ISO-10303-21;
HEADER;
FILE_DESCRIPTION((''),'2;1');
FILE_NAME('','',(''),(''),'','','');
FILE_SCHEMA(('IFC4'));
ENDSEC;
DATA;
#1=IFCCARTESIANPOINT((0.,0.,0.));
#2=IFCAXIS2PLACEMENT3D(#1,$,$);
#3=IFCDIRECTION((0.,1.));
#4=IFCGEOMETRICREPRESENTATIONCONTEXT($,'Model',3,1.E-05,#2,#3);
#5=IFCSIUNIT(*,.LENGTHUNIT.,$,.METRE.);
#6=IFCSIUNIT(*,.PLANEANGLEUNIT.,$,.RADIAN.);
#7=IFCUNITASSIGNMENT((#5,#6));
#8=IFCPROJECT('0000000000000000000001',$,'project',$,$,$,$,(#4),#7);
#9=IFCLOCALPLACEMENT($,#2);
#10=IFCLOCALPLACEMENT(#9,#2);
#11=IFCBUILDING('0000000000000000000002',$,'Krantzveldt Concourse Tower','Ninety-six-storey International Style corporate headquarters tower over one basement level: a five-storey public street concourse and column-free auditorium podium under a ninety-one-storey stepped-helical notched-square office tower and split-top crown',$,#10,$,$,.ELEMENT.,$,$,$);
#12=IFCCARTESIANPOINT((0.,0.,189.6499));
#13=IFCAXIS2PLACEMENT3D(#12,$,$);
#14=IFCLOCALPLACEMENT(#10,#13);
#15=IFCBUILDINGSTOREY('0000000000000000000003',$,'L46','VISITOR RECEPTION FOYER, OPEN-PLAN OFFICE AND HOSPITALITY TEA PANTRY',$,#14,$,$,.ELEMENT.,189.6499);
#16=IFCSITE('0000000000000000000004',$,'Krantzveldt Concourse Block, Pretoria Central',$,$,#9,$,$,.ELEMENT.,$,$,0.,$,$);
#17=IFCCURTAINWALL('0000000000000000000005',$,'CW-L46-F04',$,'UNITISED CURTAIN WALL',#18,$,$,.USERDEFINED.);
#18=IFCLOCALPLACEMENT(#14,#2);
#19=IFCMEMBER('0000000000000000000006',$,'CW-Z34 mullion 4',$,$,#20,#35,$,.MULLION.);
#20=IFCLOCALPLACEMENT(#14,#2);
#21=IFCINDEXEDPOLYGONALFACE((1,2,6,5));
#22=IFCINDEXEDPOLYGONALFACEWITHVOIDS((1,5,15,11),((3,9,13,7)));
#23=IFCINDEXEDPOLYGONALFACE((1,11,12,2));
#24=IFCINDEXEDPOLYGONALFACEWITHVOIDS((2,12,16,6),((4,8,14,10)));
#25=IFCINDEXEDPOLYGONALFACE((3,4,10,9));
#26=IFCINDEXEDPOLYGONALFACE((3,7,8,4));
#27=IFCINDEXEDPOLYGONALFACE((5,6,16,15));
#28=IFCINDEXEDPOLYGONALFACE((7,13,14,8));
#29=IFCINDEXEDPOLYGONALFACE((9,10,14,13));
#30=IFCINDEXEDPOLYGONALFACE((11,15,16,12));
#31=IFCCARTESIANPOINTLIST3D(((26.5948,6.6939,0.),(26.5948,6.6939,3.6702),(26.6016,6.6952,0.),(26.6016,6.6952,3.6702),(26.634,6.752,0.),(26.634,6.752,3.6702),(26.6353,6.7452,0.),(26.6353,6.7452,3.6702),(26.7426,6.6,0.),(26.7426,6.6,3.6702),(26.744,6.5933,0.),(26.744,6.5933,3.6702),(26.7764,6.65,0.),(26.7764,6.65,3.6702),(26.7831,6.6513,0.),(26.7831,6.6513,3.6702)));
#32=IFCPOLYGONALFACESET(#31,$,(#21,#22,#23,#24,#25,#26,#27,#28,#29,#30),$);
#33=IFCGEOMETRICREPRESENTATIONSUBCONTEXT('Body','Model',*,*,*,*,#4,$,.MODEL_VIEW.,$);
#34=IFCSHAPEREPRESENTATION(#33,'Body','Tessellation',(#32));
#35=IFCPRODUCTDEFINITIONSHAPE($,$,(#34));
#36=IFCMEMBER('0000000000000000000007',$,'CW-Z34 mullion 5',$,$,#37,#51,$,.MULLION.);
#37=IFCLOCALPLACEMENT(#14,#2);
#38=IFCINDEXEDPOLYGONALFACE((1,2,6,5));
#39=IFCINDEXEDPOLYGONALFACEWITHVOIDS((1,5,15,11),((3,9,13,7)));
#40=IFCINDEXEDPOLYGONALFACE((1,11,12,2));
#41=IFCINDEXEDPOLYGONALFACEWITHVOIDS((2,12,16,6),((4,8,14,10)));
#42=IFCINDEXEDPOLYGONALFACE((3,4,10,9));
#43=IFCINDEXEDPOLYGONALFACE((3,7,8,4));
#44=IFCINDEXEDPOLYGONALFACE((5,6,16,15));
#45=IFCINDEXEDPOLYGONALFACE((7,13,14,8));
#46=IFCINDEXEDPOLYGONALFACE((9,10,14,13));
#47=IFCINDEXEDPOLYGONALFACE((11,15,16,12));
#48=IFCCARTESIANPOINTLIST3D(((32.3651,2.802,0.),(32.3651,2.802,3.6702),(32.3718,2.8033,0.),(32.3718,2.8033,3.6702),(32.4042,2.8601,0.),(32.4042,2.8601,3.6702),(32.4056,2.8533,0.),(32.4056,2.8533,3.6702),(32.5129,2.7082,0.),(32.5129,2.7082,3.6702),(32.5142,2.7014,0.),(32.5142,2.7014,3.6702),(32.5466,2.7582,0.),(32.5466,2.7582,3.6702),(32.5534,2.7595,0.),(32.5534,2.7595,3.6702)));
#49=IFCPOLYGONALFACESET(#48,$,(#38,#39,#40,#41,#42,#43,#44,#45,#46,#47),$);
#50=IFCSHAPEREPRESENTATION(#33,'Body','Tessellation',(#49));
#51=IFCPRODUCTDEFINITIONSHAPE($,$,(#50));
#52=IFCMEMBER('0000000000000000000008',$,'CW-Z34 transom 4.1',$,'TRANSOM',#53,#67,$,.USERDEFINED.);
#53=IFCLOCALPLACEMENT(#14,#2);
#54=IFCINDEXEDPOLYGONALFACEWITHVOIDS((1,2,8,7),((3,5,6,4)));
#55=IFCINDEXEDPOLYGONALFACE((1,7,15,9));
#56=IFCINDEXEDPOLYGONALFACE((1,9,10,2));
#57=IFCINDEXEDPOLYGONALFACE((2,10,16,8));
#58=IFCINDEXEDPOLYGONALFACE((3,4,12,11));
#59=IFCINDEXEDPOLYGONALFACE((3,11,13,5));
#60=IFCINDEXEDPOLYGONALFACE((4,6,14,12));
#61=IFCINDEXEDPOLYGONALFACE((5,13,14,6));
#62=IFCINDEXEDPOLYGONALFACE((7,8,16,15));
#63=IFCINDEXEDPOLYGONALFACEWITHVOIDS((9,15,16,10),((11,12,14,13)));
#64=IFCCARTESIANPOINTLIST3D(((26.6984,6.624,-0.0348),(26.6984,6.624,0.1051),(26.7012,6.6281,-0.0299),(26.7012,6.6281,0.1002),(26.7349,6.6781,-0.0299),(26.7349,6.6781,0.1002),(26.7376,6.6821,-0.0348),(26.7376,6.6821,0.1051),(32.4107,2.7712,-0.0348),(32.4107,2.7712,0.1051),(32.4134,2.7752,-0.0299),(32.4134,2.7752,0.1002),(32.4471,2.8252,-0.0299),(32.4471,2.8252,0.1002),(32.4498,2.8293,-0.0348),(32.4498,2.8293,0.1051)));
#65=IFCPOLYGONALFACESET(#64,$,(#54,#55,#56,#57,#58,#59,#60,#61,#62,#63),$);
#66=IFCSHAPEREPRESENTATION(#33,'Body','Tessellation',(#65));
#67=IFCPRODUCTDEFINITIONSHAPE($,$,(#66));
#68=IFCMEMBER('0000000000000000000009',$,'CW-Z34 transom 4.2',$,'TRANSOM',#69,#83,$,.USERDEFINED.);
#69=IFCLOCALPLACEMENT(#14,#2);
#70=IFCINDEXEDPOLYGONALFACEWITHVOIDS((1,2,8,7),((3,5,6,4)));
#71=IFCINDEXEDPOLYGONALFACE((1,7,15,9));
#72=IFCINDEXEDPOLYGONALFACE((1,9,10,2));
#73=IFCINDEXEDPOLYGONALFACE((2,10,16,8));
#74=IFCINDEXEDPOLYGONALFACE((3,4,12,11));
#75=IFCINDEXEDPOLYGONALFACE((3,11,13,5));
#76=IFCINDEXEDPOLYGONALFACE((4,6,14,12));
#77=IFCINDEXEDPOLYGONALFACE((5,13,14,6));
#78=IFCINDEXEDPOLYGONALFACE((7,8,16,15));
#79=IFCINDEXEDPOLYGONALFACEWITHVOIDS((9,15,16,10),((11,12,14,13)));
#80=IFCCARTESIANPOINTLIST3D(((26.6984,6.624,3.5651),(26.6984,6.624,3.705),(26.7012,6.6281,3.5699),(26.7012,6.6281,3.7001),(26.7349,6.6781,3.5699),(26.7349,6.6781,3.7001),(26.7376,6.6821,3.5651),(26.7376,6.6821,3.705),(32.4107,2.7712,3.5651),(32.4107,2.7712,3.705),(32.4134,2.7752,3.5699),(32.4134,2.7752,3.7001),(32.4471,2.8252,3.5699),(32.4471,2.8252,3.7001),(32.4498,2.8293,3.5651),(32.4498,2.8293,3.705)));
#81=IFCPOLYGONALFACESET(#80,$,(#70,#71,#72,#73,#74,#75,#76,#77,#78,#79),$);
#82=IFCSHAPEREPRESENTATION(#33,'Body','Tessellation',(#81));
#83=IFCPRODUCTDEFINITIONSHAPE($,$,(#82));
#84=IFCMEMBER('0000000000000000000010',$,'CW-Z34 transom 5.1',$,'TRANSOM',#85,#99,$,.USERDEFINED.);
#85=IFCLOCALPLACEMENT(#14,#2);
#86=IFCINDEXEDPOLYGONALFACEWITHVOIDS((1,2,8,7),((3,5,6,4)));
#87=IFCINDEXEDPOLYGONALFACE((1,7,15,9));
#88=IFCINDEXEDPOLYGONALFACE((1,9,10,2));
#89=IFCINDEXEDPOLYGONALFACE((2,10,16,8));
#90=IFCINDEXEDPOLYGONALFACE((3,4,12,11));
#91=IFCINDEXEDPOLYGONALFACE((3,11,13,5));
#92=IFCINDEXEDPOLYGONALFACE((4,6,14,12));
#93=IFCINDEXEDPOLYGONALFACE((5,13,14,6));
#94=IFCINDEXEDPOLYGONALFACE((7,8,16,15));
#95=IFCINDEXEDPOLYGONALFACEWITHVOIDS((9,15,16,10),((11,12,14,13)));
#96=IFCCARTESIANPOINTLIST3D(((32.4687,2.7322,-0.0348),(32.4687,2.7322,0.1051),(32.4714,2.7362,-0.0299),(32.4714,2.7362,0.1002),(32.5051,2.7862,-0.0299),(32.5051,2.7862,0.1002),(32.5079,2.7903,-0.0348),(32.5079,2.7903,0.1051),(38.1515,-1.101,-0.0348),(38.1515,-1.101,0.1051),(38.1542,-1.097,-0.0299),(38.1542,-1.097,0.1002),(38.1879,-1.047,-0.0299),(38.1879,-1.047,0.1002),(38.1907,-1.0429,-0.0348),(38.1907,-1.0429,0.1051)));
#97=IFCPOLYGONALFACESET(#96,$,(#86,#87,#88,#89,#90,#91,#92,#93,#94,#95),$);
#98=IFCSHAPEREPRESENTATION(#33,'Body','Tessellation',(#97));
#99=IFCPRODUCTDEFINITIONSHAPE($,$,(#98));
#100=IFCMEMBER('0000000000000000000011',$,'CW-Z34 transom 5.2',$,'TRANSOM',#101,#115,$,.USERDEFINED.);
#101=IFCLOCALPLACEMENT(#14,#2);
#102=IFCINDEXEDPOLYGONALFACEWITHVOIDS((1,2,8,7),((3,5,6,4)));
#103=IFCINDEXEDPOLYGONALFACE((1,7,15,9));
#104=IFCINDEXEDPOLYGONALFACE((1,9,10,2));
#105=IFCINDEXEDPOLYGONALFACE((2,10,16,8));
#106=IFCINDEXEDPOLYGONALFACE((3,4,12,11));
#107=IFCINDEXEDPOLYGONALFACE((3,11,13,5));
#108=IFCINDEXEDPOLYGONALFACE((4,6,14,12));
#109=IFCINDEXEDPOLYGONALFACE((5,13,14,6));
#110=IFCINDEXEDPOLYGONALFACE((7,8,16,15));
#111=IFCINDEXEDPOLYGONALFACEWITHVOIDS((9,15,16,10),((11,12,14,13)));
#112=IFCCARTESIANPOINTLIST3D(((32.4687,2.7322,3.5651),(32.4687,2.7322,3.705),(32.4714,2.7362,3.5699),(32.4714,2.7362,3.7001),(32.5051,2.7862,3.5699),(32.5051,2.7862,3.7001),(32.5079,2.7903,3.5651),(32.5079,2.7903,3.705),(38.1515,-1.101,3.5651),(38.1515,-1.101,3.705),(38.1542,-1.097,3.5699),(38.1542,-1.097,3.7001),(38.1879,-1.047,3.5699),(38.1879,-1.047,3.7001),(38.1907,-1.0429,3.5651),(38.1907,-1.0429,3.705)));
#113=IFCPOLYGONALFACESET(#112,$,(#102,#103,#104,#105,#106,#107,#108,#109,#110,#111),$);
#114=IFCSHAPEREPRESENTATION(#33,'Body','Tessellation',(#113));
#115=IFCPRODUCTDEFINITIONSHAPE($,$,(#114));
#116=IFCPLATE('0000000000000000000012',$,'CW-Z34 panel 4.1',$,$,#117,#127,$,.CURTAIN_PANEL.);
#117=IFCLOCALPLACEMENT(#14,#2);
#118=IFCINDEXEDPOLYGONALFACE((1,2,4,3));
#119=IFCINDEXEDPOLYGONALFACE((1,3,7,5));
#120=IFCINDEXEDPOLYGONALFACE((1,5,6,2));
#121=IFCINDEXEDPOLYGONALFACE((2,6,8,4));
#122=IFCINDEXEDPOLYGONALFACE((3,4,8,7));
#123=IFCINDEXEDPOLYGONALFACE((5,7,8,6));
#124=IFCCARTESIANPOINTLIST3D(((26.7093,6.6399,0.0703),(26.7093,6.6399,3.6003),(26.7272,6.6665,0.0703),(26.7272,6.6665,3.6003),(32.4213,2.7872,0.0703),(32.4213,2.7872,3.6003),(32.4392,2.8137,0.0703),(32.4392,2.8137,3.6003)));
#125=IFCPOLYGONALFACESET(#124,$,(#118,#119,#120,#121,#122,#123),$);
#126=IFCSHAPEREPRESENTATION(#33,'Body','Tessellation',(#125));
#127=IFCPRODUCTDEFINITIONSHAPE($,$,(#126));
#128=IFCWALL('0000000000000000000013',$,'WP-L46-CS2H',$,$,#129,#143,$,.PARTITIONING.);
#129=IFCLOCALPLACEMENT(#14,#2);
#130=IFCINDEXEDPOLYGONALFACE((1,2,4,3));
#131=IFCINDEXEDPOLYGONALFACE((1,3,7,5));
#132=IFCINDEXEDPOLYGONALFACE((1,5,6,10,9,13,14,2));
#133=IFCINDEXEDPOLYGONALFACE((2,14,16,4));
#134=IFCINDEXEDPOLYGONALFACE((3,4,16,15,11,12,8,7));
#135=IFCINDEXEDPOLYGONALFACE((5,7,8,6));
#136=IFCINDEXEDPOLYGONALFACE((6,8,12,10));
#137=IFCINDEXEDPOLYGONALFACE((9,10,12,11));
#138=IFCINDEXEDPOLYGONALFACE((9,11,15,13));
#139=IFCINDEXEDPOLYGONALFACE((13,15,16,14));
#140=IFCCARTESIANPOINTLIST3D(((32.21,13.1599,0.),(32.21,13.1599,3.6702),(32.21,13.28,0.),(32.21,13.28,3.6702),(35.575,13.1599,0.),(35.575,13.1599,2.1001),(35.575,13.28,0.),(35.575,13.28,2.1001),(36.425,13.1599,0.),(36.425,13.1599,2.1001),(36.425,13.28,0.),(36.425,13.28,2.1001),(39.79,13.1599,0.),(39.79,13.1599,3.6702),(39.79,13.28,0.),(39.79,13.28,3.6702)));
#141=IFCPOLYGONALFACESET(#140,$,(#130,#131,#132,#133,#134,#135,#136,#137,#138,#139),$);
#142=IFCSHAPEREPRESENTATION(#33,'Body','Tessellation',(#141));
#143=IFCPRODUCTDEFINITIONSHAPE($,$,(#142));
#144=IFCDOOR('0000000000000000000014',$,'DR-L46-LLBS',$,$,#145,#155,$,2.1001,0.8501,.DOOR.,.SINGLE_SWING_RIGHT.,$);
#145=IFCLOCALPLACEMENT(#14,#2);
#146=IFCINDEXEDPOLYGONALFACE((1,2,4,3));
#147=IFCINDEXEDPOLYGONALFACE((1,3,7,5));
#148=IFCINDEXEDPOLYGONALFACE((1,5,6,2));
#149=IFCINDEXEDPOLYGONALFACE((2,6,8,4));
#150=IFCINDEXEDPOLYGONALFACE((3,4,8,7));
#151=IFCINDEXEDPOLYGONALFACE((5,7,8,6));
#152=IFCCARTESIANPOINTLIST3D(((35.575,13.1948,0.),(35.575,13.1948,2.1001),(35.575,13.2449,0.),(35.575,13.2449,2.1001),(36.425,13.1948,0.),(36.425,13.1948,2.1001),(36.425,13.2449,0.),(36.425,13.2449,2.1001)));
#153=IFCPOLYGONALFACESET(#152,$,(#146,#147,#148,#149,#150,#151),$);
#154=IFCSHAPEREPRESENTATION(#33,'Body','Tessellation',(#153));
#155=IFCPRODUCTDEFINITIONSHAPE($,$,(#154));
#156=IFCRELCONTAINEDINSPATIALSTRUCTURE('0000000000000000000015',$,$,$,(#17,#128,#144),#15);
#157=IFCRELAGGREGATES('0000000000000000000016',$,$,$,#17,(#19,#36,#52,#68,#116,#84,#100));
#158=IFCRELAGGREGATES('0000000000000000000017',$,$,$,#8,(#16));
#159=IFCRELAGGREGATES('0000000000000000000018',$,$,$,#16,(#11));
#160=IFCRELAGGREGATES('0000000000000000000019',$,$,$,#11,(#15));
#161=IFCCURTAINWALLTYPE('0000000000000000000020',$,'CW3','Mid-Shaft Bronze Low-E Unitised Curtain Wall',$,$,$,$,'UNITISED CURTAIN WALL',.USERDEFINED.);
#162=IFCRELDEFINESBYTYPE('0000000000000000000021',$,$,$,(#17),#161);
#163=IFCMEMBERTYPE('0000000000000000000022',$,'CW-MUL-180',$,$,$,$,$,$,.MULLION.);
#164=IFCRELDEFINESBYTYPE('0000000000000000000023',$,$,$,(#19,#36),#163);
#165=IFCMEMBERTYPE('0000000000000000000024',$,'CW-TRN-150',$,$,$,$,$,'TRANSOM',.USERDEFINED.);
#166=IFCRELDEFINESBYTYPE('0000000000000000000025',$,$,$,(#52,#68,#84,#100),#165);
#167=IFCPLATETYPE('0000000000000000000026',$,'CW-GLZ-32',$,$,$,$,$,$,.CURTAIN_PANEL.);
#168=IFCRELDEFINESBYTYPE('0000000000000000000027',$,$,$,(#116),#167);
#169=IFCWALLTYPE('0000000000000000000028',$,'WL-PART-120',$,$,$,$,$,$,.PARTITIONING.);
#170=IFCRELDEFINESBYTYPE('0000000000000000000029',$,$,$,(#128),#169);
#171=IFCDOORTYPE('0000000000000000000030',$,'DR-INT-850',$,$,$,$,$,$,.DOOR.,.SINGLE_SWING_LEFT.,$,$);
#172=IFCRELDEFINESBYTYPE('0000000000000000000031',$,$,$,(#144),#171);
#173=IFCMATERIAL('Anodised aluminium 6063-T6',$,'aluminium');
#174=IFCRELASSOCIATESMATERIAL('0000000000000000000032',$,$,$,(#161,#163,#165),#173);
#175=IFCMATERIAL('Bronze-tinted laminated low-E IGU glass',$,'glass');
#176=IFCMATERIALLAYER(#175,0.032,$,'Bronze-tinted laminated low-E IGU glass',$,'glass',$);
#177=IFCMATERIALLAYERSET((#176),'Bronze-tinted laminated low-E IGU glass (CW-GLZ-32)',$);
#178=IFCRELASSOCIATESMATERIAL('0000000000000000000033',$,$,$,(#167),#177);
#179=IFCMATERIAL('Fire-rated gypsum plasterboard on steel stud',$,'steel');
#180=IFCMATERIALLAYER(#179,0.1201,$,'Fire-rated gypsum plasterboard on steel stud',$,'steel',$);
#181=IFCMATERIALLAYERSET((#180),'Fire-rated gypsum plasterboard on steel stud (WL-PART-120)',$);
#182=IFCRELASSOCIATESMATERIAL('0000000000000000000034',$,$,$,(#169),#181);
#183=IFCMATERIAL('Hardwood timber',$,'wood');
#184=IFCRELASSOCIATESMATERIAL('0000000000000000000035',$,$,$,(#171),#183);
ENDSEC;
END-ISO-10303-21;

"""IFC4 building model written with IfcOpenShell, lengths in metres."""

from ifc_helpers import new_model, si_unit, direction, frame, frame_2d, origin, origin_2d, place, context, subcontext, project, spatial, rectangle, hollow_rectangle, extrude, source, transform, mapped, material, layer, layer_set, material_profile, profile_set, type_object, type_shapes, element, fill, aggregate, save


model = new_model("IFC4")

# Units and contexts
model_context = context("Model", 3, precision=1e-05, world=origin(), true_north=direction((0.0, 1.0)))
body_context = subcontext(model_context, "Body", "Model", "MODEL_VIEW")
ifc_project = project(units=[si_unit("LENGTHUNIT", "METRE"), si_unit("PLANEANGLEUNIT", "RADIAN")], contexts=[model_context])

# Site, building, storey
site_placement = place(None, origin())
site = spatial("IfcSite", under=ifc_project, at=site_placement, Name="Krantzveldt Concourse Block, Pretoria Central", CompositionType="ELEMENT", RefElevation=0.0)
building_placement = place(site_placement, origin())
building = spatial("IfcBuilding", under=site, at=building_placement, Name="Krantzveldt Concourse Tower", Description="Ninety-six-storey International Style corporate headquarters tower over one basement level: a five-storey public street concourse and column-free auditorium podium under a ninety-one-storey stepped-helical notched-square office tower and split-top crown", CompositionType="ELEMENT")
storey_placement = place(building_placement, frame((0.0, 0.0, 189.6499)))
storey = spatial("IfcBuildingStorey", under=building, at=storey_placement, Name="L46", Description="VISITOR RECEPTION FOYER, OPEN-PLAN OFFICE AND HOSPITALITY TEA PANTRY", CompositionType="ELEMENT", Elevation=189.6499)

# Curtain wall, members, plate
ifc_material_1 = material(Name="Anodised aluminium 6063-T6", Category="aluminium")
curtain_wall_type = type_object("IfcCurtainWallType", Name="CW3", Description="Mid-Shaft Bronze Low-E Unitised Curtain Wall", ElementType="UNITISED CURTAIN WALL", PredefinedType="USERDEFINED", material=ifc_material_1)
curtain_wall_placement = place(storey_placement, origin())
curtain_wall = element("IfcCurtainWall", 1, at=curtain_wall_placement, inside=storey, type_object=curtain_wall_type, Name="CW-L46-F04", ObjectType="UNITISED CURTAIN WALL", PredefinedType="USERDEFINED")
ifc_material_profile_1 = material_profile(ifc_material_1, hollow_rectangle(XDim=0.0701, YDim=0.1799, WallThickness=0.0049, at=origin_2d()), Name="Anodised aluminium 6063-T6", Category="aluminium")
ifc_profile_set_1 = profile_set([ifc_material_profile_1], Name="Anodised aluminium 6063-T6 - ALU-MULL 180x70x5")
member_type_1 = type_object("IfcMemberType", Name="CW-MUL-180", PredefinedType="MULLION", material=ifc_profile_set_1)
shared_shape_1 = source(origin(), body_context, "Body", "SweptSolid", [
    extrude(hollow_rectangle(XDim=0.0701, YDim=0.1799, WallThickness=0.0049, at=origin_2d()), origin(), (0.0, 0.0, 1.0), 3.6702),
])
type_shapes(member_type_1, [shared_shape_1])
member_1_placement = place(storey_placement, frame((26.689, 6.6726, 0.0), z_axis=(0.0, 0.0, 1.0), x_axis=(0.559193, 0.829038, 0.0)))
member_1 = element("IfcMember", 2, at=member_1_placement, type_object=member_type_1, Name="CW-Z34 mullion 4", PredefinedType="MULLION", context=body_context, shape_type="MappedRepresentation", body=[
    mapped(shared_shape_1, transform((0.0, 0.0, 0.0), x_axis=(1.0, 0.0, 0.0), y_axis=(0.0, 1.0, 0.0), z_axis=(0.0, 0.0, 1.0), scale=1.0)),
])
member_2_placement = place(storey_placement, frame((32.4592, 2.7808, 0.0), z_axis=(0.0, 0.0, 1.0), x_axis=(0.559193, 0.829038, 0.0)))
member_2 = element("IfcMember", 3, at=member_2_placement, type_object=member_type_1, Name="CW-Z34 mullion 5", PredefinedType="MULLION", context=body_context, shape_type="MappedRepresentation", body=[
    mapped(shared_shape_1, transform((0.0, 0.0, 0.0), x_axis=(1.0, 0.0, 0.0), y_axis=(0.0, 1.0, 0.0), z_axis=(0.0, 0.0, 1.0), scale=1.0)),
])
ifc_material_profile_2 = material_profile(ifc_material_1, hollow_rectangle(XDim=0.0701, YDim=0.1399, WallThickness=0.0049, at=origin_2d()), Name="Anodised aluminium 6063-T6", Category="aluminium")
ifc_profile_set_2 = profile_set([ifc_material_profile_2], Name="Anodised aluminium 6063-T6 - ALU-TRAN 140x70x5")
member_type_2 = type_object("IfcMemberType", Name="CW-TRN-150", ElementType="TRANSOM", PredefinedType="USERDEFINED", material=ifc_profile_set_2)
shared_shape_2 = source(origin(), body_context, "Body", "SweptSolid", [
    extrude(hollow_rectangle(XDim=0.0701, YDim=0.1399, WallThickness=0.0049, at=origin_2d()), origin(), (0.0, 0.0, 1.0), 6.8901),
])
member_3_placement = place(storey_placement, frame((26.718, 6.6531, 0.0352), z_axis=(0.829045, -0.559181, 0.0), x_axis=(0.559181, 0.829045, 0.0)))
member_3 = element("IfcMember", 4, at=member_3_placement, type_object=member_type_2, Name="CW-Z34 transom 4.1", ObjectType="TRANSOM", PredefinedType="USERDEFINED", context=body_context, shape_type="MappedRepresentation", body=[
    mapped(shared_shape_2, transform((0.0, 0.0, 0.0), x_axis=(1.0, 0.0, 0.0), y_axis=(0.0, 1.0, 0.0), z_axis=(0.0, 0.0, 1.0), scale=1.0)),
])
member_4_placement = place(storey_placement, frame((26.718, 6.6531, 3.635), z_axis=(0.829045, -0.559181, 0.0), x_axis=(0.559181, 0.829045, 0.0)))
member_4 = element("IfcMember", 5, at=member_4_placement, type_object=member_type_2, Name="CW-Z34 transom 4.2", ObjectType="TRANSOM", PredefinedType="USERDEFINED", context=body_context, shape_type="MappedRepresentation", body=[
    mapped(shared_shape_2, transform((0.0, 0.0, 0.0), x_axis=(1.0, 0.0, 0.0), y_axis=(0.0, 1.0, 0.0), z_axis=(0.0, 0.0, 1.0), scale=1.0)),
])
shared_shape_3 = source(origin(), body_context, "Body", "SweptSolid", [
    extrude(hollow_rectangle(XDim=0.0701, YDim=0.1399, WallThickness=0.0049, at=origin_2d()), origin(), (0.0, 0.0, 1.0), 6.8547),
])
type_shapes(member_type_2, [shared_shape_2, shared_shape_3])
member_5_placement = place(storey_placement, frame((32.4883, 2.7612, 0.0352), z_axis=(0.82903, -0.559204, 0.0), x_axis=(0.559204, 0.82903, 0.0)))
member_5 = element("IfcMember", 6, at=member_5_placement, type_object=member_type_2, Name="CW-Z34 transom 5.1", ObjectType="TRANSOM", PredefinedType="USERDEFINED", context=body_context, shape_type="MappedRepresentation", body=[
    mapped(shared_shape_3, transform((0.0, 0.0, 0.0), x_axis=(1.0, 0.0, 0.0), y_axis=(0.0, 1.0, 0.0), z_axis=(0.0, 0.0, 1.0), scale=1.0)),
])
member_6_placement = place(storey_placement, frame((32.4883, 2.7612, 3.635), z_axis=(0.82903, -0.559204, 0.0), x_axis=(0.559204, 0.82903, 0.0)))
member_6 = element("IfcMember", 7, at=member_6_placement, type_object=member_type_2, Name="CW-Z34 transom 5.2", ObjectType="TRANSOM", PredefinedType="USERDEFINED", context=body_context, shape_type="MappedRepresentation", body=[
    mapped(shared_shape_3, transform((0.0, 0.0, 0.0), x_axis=(1.0, 0.0, 0.0), y_axis=(0.0, 1.0, 0.0), z_axis=(0.0, 0.0, 1.0), scale=1.0)),
])
ifc_material_2 = material(Name="Bronze-tinted laminated low-E IGU glass", Category="glass")
ifc_layer_1 = layer(ifc_material_2, 0.032, Name="Bronze-tinted laminated low-E IGU glass", Category="glass")
ifc_layer_set_1 = layer_set([ifc_layer_1], Name="Bronze-tinted laminated low-E IGU glass (CW-GLZ-32)")
plate_type = type_object("IfcPlateType", Name="CW-GLZ-32", PredefinedType="CURTAIN_PANEL", material=ifc_layer_set_1)
shared_shape_4 = source(origin(), body_context, "Body", "SweptSolid", [
    extrude(rectangle(XDim=6.8899, YDim=0.032, at=origin_2d()), origin(), (0.0, 0.0, 1.0), 3.53),
])
type_shapes(plate_type, [shared_shape_4])
plate_placement = place(storey_placement, frame((29.5742, 4.7268, 0.0703), z_axis=(0.0, 0.0, 1.0), x_axis=(0.829038, -0.559193, 0.0)))
plate = element("IfcPlate", 8, at=plate_placement, type_object=plate_type, Name="CW-Z34 panel 4.1", PredefinedType="CURTAIN_PANEL", context=body_context, shape_type="MappedRepresentation", body=[
    mapped(shared_shape_4, transform((0.0, 0.0, 0.0), x_axis=(1.0, 0.0, 0.0), y_axis=(0.0, 1.0, 0.0), z_axis=(0.0, 0.0, 1.0), scale=1.0)),
])
aggregate(curtain_wall, [member_1, member_2, member_3, member_4, plate, member_5, member_6])

# Wall, opening, door
ifc_material_3 = material(Name="Fire-rated gypsum plasterboard on steel stud", Category="steel")
ifc_layer_2 = layer(ifc_material_3, 0.1201, Name="Fire-rated gypsum plasterboard on steel stud", Category="steel")
ifc_layer_set_2 = layer_set([ifc_layer_2], Name="Fire-rated gypsum plasterboard on steel stud (WL-PART-120)")
wall_type_1 = type_object("IfcWallType", Name="WL-PART-120", PredefinedType="PARTITIONING", material=ifc_layer_set_2)
wall_1_placement = place(storey_placement, frame((32.21, 13.22, 0.0), z_axis=(0.0, 0.0, 1.0), x_axis=(1.0, 0.0, 0.0)))
wall_1 = element("IfcWall", 9, at=wall_1_placement, inside=storey, type_object=wall_type_1, Name="WP-L46-CS2H", PredefinedType="PARTITIONING", context=body_context, shape_type="SweptSolid", body=[
    extrude(rectangle(XDim=7.5801, YDim=0.1201, at=frame_2d((3.79, 0.0))), origin(), (0.0, 0.0, 1.0), 3.6702),
])
opening_1_placement = place(wall_1_placement, frame((3.365, 0.0, 0.0)))
opening_1 = element("IfcOpeningElement", 10, at=opening_1_placement, cuts=wall_1, PredefinedType="OPENING", context=body_context, shape_type="SweptSolid", body=[
    extrude(rectangle(XDim=0.8501, YDim=2.1001, at=frame_2d((0.425, 1.05))), frame((0.0, 0.0701, 0.0), z_axis=(0.0, -1.0, 0.0), x_axis=(1.0, 0.0, 0.0)), (0.0, 0.0, 1.0), 0.1401),
])
ifc_material_4 = material(Name="Hardwood timber", Category="wood")
door_type_1 = type_object("IfcDoorType", Name="DR-INT-850", OperationType="SINGLE_SWING_LEFT", PredefinedType="DOOR", material=ifc_material_4)
door_1_placement = place(opening_1_placement, origin())
door_1 = element("IfcDoor", 11, at=door_1_placement, inside=storey, type_object=door_type_1, Name="DR-L46-LLBS", OperationType="SINGLE_SWING_RIGHT", OverallHeight=2.1001, OverallWidth=0.8501, PredefinedType="DOOR", context=body_context, shape_type="SweptSolid", body=[
    extrude(rectangle(XDim=0.8501, YDim=2.1001, at=frame_2d((0.425, 1.05))), frame((0.0, 0.0249, 0.0), z_axis=(0.0, -1.0, 0.0), x_axis=(1.0, 0.0, 0.0)), (0.0, 0.0, 1.0), 0.05),
])
fill(opening_1, door_1)

save(model, "model.ifc")
